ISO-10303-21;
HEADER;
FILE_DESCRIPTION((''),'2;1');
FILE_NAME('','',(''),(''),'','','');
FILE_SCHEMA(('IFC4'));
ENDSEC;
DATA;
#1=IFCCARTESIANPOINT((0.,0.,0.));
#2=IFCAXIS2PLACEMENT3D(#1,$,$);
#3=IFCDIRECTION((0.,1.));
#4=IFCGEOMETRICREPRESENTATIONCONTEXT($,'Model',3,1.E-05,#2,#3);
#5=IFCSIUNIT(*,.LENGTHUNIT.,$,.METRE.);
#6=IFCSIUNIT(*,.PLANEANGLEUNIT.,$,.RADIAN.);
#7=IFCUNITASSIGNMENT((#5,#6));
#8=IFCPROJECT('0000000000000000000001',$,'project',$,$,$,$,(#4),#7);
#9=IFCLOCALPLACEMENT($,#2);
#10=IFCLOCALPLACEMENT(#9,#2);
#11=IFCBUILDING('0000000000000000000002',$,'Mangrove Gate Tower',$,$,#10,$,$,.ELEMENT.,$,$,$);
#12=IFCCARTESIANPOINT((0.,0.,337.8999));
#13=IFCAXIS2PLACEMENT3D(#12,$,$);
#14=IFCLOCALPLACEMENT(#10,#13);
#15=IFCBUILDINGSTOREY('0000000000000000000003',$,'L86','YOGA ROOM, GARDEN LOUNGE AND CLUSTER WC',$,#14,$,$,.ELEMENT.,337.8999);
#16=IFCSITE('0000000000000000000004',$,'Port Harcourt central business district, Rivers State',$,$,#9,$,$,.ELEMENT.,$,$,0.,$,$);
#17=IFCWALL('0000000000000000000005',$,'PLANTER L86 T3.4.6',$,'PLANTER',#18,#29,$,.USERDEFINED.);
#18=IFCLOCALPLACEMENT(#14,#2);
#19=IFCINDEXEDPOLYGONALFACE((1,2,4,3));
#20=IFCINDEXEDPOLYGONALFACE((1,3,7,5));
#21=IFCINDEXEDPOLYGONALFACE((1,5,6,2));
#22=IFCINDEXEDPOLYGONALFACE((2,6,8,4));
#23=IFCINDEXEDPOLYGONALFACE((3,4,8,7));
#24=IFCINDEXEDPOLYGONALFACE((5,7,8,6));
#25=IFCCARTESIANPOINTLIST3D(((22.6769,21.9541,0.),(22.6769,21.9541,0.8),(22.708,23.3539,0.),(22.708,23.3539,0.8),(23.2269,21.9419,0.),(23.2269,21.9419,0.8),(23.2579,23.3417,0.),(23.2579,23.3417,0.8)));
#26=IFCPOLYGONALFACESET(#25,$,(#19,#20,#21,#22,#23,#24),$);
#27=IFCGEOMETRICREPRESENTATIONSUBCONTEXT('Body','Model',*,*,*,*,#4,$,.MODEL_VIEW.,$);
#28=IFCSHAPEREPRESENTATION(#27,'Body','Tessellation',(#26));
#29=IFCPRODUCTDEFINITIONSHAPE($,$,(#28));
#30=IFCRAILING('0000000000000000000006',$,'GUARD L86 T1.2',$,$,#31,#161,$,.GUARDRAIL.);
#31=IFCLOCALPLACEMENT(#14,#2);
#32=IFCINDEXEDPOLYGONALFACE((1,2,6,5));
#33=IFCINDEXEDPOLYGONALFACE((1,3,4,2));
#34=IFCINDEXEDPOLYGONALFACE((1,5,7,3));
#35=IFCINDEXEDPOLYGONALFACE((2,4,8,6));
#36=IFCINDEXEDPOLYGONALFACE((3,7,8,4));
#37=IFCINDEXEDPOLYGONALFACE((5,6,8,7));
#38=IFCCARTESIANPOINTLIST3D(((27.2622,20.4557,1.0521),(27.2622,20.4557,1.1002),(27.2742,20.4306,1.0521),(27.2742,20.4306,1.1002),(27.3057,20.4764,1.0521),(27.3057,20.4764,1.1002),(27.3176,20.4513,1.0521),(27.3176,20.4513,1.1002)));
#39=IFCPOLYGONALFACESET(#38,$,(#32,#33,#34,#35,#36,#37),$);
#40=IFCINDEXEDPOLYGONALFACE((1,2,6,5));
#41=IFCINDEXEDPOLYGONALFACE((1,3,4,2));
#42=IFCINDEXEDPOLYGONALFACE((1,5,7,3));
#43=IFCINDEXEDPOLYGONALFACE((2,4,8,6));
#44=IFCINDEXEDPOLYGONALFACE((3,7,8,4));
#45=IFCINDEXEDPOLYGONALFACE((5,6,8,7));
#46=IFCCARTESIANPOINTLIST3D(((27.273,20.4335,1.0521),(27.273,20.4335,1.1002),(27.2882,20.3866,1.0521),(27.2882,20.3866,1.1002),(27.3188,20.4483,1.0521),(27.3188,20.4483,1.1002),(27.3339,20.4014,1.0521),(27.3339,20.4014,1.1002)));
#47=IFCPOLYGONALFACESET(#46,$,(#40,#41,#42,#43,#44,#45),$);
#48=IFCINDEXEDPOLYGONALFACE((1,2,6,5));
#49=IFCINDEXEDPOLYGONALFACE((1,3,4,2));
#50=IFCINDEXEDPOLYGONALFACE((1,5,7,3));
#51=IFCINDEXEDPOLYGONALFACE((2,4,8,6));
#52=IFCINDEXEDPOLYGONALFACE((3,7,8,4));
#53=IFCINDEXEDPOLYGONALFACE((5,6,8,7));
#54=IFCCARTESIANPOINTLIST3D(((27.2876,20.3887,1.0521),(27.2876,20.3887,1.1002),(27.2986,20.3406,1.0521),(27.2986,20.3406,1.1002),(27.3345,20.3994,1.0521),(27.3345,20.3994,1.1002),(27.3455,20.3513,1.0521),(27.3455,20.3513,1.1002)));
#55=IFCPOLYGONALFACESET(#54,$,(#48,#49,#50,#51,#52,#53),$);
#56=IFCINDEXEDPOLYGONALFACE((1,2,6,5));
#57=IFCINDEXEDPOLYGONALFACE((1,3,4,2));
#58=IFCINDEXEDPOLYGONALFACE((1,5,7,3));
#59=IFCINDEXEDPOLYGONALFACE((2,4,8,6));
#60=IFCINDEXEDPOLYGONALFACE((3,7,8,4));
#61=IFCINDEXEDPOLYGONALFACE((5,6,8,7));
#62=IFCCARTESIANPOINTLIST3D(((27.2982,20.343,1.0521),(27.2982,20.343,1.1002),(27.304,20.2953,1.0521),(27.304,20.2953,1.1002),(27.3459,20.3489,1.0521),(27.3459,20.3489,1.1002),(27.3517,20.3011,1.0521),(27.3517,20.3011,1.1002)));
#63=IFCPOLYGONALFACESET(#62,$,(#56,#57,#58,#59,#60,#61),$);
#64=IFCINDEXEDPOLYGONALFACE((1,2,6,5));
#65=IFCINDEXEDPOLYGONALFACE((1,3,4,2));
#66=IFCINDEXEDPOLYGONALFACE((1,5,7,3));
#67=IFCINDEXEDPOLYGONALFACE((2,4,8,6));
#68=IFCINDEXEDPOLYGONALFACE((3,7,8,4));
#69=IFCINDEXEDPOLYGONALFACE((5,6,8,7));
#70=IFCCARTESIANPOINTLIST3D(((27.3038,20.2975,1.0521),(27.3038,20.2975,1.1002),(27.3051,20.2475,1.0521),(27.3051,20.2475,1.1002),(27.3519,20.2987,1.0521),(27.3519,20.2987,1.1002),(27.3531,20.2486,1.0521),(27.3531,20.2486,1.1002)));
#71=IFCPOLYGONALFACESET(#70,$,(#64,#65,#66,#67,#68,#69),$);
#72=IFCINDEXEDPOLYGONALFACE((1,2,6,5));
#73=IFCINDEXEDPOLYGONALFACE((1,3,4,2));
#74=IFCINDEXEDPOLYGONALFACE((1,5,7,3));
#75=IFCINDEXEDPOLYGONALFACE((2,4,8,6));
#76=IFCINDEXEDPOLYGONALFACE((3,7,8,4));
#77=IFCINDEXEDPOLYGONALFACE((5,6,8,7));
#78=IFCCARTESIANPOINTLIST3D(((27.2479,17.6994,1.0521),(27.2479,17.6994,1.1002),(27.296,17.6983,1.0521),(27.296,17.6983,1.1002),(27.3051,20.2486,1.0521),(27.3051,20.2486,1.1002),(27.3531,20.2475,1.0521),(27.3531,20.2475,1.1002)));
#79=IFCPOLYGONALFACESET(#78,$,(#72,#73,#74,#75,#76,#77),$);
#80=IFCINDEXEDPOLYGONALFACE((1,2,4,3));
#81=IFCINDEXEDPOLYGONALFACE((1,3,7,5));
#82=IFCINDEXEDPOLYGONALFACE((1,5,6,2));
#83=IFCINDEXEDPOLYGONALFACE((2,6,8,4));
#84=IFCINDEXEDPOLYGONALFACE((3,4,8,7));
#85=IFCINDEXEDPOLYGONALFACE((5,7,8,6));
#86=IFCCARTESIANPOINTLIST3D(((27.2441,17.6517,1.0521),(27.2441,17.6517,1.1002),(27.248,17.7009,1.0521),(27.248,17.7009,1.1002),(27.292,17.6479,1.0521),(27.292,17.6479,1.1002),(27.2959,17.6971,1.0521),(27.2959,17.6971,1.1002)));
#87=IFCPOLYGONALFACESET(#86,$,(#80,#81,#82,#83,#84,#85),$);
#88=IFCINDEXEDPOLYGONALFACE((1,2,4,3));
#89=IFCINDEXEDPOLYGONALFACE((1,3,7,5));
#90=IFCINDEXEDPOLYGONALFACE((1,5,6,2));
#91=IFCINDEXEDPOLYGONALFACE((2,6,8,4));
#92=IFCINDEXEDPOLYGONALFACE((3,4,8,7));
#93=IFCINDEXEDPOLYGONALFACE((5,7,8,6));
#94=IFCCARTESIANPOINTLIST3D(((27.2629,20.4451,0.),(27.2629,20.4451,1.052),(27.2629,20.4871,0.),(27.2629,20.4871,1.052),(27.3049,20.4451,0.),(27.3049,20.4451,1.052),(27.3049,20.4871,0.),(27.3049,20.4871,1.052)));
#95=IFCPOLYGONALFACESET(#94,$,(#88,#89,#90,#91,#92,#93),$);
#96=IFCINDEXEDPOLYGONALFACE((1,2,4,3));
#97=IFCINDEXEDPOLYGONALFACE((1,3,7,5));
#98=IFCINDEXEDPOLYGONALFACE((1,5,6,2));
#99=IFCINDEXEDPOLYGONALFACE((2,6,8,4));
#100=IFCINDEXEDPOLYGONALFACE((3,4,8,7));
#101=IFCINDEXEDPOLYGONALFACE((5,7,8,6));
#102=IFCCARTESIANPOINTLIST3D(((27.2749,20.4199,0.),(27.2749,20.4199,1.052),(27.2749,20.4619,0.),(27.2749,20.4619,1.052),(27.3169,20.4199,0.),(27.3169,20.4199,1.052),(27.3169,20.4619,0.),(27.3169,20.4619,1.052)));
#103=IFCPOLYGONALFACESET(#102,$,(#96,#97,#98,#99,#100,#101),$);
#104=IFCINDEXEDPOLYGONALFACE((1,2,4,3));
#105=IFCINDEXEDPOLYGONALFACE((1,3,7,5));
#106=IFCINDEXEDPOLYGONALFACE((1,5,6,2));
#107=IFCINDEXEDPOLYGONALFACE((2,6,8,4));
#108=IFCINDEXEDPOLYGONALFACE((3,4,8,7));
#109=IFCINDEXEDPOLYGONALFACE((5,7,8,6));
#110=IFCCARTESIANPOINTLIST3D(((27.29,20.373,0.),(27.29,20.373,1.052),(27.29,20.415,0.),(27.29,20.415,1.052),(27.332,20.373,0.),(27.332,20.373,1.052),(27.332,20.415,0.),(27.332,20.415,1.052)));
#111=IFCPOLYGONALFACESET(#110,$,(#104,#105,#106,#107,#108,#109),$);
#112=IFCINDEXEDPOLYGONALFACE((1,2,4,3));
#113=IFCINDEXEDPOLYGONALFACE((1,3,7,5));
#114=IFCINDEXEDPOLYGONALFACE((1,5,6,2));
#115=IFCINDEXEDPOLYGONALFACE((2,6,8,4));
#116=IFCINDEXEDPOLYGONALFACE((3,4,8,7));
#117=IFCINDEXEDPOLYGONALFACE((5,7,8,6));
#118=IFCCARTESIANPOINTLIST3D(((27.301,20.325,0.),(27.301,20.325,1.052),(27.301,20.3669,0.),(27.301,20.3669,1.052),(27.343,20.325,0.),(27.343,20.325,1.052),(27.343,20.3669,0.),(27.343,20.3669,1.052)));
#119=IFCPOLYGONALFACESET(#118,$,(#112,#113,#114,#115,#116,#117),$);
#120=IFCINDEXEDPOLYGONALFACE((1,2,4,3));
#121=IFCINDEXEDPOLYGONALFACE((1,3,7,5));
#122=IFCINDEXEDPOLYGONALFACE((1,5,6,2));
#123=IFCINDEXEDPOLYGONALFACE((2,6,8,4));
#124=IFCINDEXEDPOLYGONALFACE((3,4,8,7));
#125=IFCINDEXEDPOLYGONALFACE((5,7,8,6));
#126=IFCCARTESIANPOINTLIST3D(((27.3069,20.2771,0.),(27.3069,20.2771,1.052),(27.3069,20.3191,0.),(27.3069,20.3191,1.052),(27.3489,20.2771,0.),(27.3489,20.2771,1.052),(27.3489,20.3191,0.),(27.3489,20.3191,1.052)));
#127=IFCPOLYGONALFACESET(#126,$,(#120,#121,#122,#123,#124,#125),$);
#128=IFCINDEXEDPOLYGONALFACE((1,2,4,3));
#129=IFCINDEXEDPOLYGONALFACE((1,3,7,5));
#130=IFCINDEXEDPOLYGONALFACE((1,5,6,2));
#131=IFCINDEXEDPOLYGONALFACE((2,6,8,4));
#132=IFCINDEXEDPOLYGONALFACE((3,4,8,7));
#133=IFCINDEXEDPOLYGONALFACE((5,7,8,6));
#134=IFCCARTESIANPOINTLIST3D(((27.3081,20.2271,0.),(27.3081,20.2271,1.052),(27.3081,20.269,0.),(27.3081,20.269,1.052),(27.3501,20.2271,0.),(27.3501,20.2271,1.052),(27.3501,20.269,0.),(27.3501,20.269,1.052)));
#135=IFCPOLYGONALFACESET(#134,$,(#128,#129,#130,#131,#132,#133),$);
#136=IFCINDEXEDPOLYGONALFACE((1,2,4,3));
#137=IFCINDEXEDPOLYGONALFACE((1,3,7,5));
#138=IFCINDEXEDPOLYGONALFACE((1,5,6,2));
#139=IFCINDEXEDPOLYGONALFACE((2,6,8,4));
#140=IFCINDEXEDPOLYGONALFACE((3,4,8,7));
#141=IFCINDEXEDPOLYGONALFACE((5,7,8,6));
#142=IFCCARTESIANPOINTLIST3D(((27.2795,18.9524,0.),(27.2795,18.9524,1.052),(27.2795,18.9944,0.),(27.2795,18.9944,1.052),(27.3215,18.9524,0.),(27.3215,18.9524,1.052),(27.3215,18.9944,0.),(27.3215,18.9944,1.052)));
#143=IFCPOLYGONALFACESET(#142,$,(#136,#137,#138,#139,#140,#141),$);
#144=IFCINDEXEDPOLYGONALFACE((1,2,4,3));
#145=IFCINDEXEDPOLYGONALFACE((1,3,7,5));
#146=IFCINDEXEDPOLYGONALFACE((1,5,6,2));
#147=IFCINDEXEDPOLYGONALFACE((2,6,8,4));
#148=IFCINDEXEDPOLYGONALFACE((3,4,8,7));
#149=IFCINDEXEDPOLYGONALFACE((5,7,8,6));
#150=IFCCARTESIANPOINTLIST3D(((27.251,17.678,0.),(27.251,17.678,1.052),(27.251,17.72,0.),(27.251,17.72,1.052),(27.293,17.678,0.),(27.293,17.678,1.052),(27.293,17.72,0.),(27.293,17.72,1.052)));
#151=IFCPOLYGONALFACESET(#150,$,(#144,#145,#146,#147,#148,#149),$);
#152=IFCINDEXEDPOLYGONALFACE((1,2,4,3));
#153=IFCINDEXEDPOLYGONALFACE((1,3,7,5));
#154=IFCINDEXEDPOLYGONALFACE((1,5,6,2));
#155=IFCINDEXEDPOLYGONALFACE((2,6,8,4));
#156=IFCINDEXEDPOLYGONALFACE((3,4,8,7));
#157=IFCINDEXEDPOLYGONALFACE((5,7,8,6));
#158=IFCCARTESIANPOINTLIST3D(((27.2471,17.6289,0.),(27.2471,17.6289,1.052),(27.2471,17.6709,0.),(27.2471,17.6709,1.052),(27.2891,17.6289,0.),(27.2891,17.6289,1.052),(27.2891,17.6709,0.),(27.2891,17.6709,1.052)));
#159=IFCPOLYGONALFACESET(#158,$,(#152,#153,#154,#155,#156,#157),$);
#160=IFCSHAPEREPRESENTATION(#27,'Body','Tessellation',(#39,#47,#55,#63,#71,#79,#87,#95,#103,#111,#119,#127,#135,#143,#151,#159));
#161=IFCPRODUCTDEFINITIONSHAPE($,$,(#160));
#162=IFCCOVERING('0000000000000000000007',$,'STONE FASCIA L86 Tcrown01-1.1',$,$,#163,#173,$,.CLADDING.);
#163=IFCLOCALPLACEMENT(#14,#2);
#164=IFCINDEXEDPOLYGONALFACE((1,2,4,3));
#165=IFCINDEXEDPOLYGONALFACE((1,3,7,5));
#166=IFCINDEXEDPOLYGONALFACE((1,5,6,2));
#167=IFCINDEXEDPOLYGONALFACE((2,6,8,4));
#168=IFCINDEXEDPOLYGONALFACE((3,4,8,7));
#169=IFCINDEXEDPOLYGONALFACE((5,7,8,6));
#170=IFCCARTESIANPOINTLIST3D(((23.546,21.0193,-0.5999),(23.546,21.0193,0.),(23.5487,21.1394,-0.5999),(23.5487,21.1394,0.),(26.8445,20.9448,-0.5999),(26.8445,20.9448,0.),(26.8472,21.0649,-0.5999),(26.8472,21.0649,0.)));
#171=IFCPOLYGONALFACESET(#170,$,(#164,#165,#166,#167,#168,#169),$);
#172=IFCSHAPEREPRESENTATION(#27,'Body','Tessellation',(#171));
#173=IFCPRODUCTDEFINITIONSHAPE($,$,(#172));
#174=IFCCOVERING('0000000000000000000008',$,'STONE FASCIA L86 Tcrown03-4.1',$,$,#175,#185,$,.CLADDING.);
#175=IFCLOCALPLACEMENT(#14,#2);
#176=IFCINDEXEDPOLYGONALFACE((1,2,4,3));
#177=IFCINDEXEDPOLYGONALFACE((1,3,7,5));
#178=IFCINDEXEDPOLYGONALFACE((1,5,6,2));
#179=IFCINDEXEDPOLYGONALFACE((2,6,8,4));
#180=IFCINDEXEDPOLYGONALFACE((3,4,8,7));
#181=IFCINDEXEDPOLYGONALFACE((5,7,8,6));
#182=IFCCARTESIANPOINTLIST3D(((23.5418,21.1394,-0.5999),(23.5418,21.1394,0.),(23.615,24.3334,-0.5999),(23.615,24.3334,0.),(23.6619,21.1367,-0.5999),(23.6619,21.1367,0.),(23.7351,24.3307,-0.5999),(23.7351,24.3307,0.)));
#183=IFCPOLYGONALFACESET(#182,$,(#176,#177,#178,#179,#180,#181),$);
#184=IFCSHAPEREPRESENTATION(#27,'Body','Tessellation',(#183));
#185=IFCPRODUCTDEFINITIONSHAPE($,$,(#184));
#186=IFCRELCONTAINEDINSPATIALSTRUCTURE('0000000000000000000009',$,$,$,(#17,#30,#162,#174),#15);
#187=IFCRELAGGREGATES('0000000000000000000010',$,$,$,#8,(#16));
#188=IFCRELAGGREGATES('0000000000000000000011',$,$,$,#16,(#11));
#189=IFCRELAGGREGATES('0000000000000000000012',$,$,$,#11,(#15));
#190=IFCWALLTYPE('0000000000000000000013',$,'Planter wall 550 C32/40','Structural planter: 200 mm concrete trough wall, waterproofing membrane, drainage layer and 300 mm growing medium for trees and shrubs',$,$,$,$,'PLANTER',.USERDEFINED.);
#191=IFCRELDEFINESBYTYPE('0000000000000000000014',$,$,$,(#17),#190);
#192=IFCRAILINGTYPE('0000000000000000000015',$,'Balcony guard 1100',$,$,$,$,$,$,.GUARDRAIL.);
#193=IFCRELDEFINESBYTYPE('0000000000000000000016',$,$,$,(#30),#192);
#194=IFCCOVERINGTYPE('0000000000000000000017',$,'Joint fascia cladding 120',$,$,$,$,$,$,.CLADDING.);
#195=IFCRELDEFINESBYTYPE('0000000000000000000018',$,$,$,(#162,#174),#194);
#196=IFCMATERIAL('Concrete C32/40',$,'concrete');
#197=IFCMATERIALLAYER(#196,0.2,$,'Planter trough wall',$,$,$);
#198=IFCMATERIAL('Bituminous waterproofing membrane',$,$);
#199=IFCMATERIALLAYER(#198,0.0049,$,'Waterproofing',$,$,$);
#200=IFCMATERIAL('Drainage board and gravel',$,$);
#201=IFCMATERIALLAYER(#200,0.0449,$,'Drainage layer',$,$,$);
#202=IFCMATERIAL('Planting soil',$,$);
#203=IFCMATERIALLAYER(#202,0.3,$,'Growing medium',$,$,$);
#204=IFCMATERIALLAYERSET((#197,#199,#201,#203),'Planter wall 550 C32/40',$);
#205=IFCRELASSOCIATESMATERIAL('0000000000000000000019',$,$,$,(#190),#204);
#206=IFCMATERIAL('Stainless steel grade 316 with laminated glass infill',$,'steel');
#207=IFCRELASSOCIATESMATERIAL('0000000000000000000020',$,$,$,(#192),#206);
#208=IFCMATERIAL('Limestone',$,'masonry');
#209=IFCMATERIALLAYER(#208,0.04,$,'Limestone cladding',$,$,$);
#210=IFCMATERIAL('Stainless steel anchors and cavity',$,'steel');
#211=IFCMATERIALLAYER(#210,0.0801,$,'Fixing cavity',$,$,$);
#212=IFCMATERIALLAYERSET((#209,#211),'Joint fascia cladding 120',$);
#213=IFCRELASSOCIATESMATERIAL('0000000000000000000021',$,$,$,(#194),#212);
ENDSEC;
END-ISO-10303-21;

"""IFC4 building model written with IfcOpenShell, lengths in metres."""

from ifc_helpers import new_model, si_unit, direction, frame, frame_2d, origin, origin_2d, place, context, subcontext, project, spatial, rectangle, extrude, material, layer, layer_set, type_object, element, save


model = new_model("IFC4")

# Units and contexts
model_context = context("Model", 3, precision=1e-05, world=origin(), true_north=direction((0.0, 1.0)))
body_context = subcontext(model_context, "Body", "Model", "MODEL_VIEW")
ifc_project = project(units=[si_unit("LENGTHUNIT", "METRE"), si_unit("PLANEANGLEUNIT", "RADIAN")], contexts=[model_context])

# Site, building, storey
site_placement = place(None, origin())
site = spatial("IfcSite", under=ifc_project, at=site_placement, Name="Port Harcourt central business district, Rivers State", CompositionType="ELEMENT", RefElevation=0.0)
building_placement = place(site_placement, origin())
building = spatial("IfcBuilding", under=site, at=building_placement, Name="Mangrove Gate Tower", CompositionType="ELEMENT")
storey_placement = place(building_placement, frame((0.0, 0.0, 337.8999)))
storey = spatial("IfcBuildingStorey", under=building, at=storey_placement, Name="L86", Description="YOGA ROOM, GARDEN LOUNGE AND CLUSTER WC", CompositionType="ELEMENT", Elevation=337.8999)

# Shared definitions
ifc_material_1 = material(Name="Limestone", Category="masonry")

# Wall
ifc_material_2 = material(Name="Concrete C32/40", Category="concrete")
ifc_layer_1 = layer(ifc_material_2, 0.2, Name="Planter trough wall")
ifc_material_3 = material(Name="Bituminous waterproofing membrane")
ifc_layer_2 = layer(ifc_material_3, 0.0049, Name="Waterproofing")
ifc_material_4 = material(Name="Drainage board and gravel")
ifc_layer_3 = layer(ifc_material_4, 0.0449, Name="Drainage layer")
ifc_material_5 = material(Name="Planting soil")
ifc_layer_4 = layer(ifc_material_5, 0.3, Name="Growing medium")
ifc_layer_set_1 = layer_set([ifc_layer_1, ifc_layer_2, ifc_layer_3, ifc_layer_4], Name="Planter wall 550 C32/40")
wall_type_1 = type_object("IfcWallType", Name="Planter wall 550 C32/40", Description="Structural planter: 200 mm concrete trough wall, waterproofing membrane, drainage layer and 300 mm growing medium for trees and shrubs", ElementType="PLANTER", PredefinedType="USERDEFINED", material=ifc_layer_set_1)
for number, where, z_axis, x_axis, name in (
    (1, (22.9829, 23.3479, 0.0), (0.0, 0.0, 1.0), (-0.022143, -0.999755, 0.0), "PLANTER L86 T3.4.6"),
):
    element("IfcWall", number, at=place(storey_placement, frame(where, z_axis=z_axis, x_axis=x_axis)), inside=storey, type_object=wall_type_1, Name=name, ObjectType="PLANTER", PredefinedType="USERDEFINED", context=body_context, shape_type="SweptSolid", body=[
        extrude(rectangle(XDim=1.4001, YDim=0.55, at=frame_2d((0.7002, 0.0))), origin(), (0.0, 0.0, 1.0), 0.8),
    ])

# Railing
ifc_material_6 = material(Name="Stainless steel grade 316 with laminated glass infill", Category="steel")
railing_type = type_object("IfcRailingType", Name="Balcony guard 1100", PredefinedType="GUARDRAIL", material=ifc_material_6)
railing_1_placement = place(storey_placement, frame((27.2839, 20.4661, 0.0)))
element("IfcRailing", 2, at=railing_1_placement, inside=storey, type_object=railing_type, Name="GUARD L86 T1.2", PredefinedType="GUARDRAIL", context=body_context, shape_type="SweptSolid", body=[
    extrude(rectangle(XDim=0.0481, YDim=0.0481, at=origin_2d()), frame((0.0, 0.0, 1.0762), z_axis=(0.429593, -0.903023, 0.0), x_axis=(0.903023, 0.429593, 0.0)), (0.0, 0.0, 1.0), 0.0278),
    extrude(rectangle(XDim=0.0481, YDim=0.0481, at=origin_2d()), frame((0.012, -0.0251, 1.0762), z_axis=(0.307292, -0.951615, 0.0), x_axis=(0.951615, 0.307292, 0.0)), (0.0, 0.0, 1.0), 0.0493),
    extrude(rectangle(XDim=0.0481, YDim=0.0481, at=origin_2d()), frame((0.0271, -0.072, 1.0762), z_axis=(0.22269, -0.974889, 0.0), x_axis=(0.974889, 0.22269, 0.0)), (0.0, 0.0, 1.0), 0.0493),
    extrude(rectangle(XDim=0.0481, YDim=0.0481, at=origin_2d()), frame((0.0381, -0.1201, 1.0762), z_axis=(0.121541, -0.992586, 0.0), x_axis=(0.992586, 0.121541, 0.0)), (0.0, 0.0, 1.0), 0.0481),
    extrude(rectangle(XDim=0.0481, YDim=0.0481, at=origin_2d()), frame((0.0439, -0.168, 1.0762), z_axis=(0.024383, -0.999703, 0.0), x_axis=(0.999703, 0.024383, 0.0)), (0.0, 0.0, 1.0), 0.05),
    extrude(rectangle(XDim=0.0481, YDim=0.0481, at=origin_2d()), frame((0.0452, -0.218, 1.0762), z_axis=(-0.022406, -0.999749, 0.0), x_axis=(0.999749, -0.022406, 0.0)), (0.0, 0.0, 1.0), 2.5498),
    extrude(rectangle(XDim=0.0481, YDim=0.0481, at=origin_2d()), frame((-0.012, -2.7671, 1.0762), z_axis=(-0.079351, -0.996847, 0.0), x_axis=(0.996847, -0.079351, 0.0)), (0.0, 0.0, 1.0), 0.0493),
    extrude(rectangle(XDim=0.042, YDim=0.042, at=origin_2d()), origin(), (0.0, 0.0, 1.0), 1.052),
    extrude(rectangle(XDim=0.042, YDim=0.042, at=origin_2d()), frame((0.012, -0.0251, 0.0)), (0.0, 0.0, 1.0), 1.052),
    extrude(rectangle(XDim=0.042, YDim=0.042, at=origin_2d()), frame((0.0271, -0.072, 0.0)), (0.0, 0.0, 1.0), 1.052),
    extrude(rectangle(XDim=0.042, YDim=0.042, at=origin_2d()), frame((0.0381, -0.1201, 0.0)), (0.0, 0.0, 1.0), 1.052),
    extrude(rectangle(XDim=0.042, YDim=0.042, at=origin_2d()), frame((0.0439, -0.168, 0.0)), (0.0, 0.0, 1.0), 1.052),
    extrude(rectangle(XDim=0.042, YDim=0.042, at=origin_2d()), frame((0.0452, -0.218, 0.0)), (0.0, 0.0, 1.0), 1.052),
    extrude(rectangle(XDim=0.042, YDim=0.042, at=origin_2d()), frame((0.0166, -1.4927, 0.0)), (0.0, 0.0, 1.0), 1.052),
    extrude(rectangle(XDim=0.042, YDim=0.042, at=origin_2d()), frame((-0.012, -2.7671, 0.0)), (0.0, 0.0, 1.0), 1.052),
    extrude(rectangle(XDim=0.042, YDim=0.042, at=origin_2d()), frame((-0.0159, -2.8162, 0.0)), (0.0, 0.0, 1.0), 1.052),
])

# Coverings
ifc_layer_5 = layer(ifc_material_1, 0.04, Name="Limestone cladding")
ifc_material_7 = material(Name="Stainless steel anchors and cavity", Category="steel")
ifc_layer_6 = layer(ifc_material_7, 0.0801, Name="Fixing cavity")
ifc_layer_set_2 = layer_set([ifc_layer_5, ifc_layer_6], Name="Joint fascia cladding 120")
covering_type = type_object("IfcCoveringType", Name="Joint fascia cladding 120", PredefinedType="CLADDING", material=ifc_layer_set_2)
covering_1_placement = place(storey_placement, frame((23.5474, 21.0793, -0.5999), z_axis=(0.0, 0.0, 1.0), x_axis=(0.999745, -0.022568, 0.0)))
element("IfcCovering", 3, at=covering_1_placement, inside=storey, type_object=covering_type, Name="STONE FASCIA L86 Tcrown01-1.1", PredefinedType="CLADDING", context=body_context, shape_type="SweptSolid", body=[
    extrude(rectangle(XDim=3.2993, YDim=0.1201, at=frame_2d((1.6497, 0.0))), origin(), (0.0, 0.0, 1.0), 0.5999),
])
covering_2_placement = place(storey_placement, frame((23.675, 24.332, -0.5999), z_axis=(0.0, 0.0, 1.0), x_axis=(-0.022924, -0.999737, 0.0)))
element("IfcCovering", 4, at=covering_2_placement, inside=storey, type_object=covering_type, Name="STONE FASCIA L86 Tcrown03-4.1", PredefinedType="CLADDING", context=body_context, shape_type="SweptSolid", body=[
    extrude(rectangle(XDim=3.1948, YDim=0.1201, at=frame_2d((1.5974, 0.0))), origin(), (0.0, 0.0, 1.0), 0.5999),
])

save(model, "model.ifc")
